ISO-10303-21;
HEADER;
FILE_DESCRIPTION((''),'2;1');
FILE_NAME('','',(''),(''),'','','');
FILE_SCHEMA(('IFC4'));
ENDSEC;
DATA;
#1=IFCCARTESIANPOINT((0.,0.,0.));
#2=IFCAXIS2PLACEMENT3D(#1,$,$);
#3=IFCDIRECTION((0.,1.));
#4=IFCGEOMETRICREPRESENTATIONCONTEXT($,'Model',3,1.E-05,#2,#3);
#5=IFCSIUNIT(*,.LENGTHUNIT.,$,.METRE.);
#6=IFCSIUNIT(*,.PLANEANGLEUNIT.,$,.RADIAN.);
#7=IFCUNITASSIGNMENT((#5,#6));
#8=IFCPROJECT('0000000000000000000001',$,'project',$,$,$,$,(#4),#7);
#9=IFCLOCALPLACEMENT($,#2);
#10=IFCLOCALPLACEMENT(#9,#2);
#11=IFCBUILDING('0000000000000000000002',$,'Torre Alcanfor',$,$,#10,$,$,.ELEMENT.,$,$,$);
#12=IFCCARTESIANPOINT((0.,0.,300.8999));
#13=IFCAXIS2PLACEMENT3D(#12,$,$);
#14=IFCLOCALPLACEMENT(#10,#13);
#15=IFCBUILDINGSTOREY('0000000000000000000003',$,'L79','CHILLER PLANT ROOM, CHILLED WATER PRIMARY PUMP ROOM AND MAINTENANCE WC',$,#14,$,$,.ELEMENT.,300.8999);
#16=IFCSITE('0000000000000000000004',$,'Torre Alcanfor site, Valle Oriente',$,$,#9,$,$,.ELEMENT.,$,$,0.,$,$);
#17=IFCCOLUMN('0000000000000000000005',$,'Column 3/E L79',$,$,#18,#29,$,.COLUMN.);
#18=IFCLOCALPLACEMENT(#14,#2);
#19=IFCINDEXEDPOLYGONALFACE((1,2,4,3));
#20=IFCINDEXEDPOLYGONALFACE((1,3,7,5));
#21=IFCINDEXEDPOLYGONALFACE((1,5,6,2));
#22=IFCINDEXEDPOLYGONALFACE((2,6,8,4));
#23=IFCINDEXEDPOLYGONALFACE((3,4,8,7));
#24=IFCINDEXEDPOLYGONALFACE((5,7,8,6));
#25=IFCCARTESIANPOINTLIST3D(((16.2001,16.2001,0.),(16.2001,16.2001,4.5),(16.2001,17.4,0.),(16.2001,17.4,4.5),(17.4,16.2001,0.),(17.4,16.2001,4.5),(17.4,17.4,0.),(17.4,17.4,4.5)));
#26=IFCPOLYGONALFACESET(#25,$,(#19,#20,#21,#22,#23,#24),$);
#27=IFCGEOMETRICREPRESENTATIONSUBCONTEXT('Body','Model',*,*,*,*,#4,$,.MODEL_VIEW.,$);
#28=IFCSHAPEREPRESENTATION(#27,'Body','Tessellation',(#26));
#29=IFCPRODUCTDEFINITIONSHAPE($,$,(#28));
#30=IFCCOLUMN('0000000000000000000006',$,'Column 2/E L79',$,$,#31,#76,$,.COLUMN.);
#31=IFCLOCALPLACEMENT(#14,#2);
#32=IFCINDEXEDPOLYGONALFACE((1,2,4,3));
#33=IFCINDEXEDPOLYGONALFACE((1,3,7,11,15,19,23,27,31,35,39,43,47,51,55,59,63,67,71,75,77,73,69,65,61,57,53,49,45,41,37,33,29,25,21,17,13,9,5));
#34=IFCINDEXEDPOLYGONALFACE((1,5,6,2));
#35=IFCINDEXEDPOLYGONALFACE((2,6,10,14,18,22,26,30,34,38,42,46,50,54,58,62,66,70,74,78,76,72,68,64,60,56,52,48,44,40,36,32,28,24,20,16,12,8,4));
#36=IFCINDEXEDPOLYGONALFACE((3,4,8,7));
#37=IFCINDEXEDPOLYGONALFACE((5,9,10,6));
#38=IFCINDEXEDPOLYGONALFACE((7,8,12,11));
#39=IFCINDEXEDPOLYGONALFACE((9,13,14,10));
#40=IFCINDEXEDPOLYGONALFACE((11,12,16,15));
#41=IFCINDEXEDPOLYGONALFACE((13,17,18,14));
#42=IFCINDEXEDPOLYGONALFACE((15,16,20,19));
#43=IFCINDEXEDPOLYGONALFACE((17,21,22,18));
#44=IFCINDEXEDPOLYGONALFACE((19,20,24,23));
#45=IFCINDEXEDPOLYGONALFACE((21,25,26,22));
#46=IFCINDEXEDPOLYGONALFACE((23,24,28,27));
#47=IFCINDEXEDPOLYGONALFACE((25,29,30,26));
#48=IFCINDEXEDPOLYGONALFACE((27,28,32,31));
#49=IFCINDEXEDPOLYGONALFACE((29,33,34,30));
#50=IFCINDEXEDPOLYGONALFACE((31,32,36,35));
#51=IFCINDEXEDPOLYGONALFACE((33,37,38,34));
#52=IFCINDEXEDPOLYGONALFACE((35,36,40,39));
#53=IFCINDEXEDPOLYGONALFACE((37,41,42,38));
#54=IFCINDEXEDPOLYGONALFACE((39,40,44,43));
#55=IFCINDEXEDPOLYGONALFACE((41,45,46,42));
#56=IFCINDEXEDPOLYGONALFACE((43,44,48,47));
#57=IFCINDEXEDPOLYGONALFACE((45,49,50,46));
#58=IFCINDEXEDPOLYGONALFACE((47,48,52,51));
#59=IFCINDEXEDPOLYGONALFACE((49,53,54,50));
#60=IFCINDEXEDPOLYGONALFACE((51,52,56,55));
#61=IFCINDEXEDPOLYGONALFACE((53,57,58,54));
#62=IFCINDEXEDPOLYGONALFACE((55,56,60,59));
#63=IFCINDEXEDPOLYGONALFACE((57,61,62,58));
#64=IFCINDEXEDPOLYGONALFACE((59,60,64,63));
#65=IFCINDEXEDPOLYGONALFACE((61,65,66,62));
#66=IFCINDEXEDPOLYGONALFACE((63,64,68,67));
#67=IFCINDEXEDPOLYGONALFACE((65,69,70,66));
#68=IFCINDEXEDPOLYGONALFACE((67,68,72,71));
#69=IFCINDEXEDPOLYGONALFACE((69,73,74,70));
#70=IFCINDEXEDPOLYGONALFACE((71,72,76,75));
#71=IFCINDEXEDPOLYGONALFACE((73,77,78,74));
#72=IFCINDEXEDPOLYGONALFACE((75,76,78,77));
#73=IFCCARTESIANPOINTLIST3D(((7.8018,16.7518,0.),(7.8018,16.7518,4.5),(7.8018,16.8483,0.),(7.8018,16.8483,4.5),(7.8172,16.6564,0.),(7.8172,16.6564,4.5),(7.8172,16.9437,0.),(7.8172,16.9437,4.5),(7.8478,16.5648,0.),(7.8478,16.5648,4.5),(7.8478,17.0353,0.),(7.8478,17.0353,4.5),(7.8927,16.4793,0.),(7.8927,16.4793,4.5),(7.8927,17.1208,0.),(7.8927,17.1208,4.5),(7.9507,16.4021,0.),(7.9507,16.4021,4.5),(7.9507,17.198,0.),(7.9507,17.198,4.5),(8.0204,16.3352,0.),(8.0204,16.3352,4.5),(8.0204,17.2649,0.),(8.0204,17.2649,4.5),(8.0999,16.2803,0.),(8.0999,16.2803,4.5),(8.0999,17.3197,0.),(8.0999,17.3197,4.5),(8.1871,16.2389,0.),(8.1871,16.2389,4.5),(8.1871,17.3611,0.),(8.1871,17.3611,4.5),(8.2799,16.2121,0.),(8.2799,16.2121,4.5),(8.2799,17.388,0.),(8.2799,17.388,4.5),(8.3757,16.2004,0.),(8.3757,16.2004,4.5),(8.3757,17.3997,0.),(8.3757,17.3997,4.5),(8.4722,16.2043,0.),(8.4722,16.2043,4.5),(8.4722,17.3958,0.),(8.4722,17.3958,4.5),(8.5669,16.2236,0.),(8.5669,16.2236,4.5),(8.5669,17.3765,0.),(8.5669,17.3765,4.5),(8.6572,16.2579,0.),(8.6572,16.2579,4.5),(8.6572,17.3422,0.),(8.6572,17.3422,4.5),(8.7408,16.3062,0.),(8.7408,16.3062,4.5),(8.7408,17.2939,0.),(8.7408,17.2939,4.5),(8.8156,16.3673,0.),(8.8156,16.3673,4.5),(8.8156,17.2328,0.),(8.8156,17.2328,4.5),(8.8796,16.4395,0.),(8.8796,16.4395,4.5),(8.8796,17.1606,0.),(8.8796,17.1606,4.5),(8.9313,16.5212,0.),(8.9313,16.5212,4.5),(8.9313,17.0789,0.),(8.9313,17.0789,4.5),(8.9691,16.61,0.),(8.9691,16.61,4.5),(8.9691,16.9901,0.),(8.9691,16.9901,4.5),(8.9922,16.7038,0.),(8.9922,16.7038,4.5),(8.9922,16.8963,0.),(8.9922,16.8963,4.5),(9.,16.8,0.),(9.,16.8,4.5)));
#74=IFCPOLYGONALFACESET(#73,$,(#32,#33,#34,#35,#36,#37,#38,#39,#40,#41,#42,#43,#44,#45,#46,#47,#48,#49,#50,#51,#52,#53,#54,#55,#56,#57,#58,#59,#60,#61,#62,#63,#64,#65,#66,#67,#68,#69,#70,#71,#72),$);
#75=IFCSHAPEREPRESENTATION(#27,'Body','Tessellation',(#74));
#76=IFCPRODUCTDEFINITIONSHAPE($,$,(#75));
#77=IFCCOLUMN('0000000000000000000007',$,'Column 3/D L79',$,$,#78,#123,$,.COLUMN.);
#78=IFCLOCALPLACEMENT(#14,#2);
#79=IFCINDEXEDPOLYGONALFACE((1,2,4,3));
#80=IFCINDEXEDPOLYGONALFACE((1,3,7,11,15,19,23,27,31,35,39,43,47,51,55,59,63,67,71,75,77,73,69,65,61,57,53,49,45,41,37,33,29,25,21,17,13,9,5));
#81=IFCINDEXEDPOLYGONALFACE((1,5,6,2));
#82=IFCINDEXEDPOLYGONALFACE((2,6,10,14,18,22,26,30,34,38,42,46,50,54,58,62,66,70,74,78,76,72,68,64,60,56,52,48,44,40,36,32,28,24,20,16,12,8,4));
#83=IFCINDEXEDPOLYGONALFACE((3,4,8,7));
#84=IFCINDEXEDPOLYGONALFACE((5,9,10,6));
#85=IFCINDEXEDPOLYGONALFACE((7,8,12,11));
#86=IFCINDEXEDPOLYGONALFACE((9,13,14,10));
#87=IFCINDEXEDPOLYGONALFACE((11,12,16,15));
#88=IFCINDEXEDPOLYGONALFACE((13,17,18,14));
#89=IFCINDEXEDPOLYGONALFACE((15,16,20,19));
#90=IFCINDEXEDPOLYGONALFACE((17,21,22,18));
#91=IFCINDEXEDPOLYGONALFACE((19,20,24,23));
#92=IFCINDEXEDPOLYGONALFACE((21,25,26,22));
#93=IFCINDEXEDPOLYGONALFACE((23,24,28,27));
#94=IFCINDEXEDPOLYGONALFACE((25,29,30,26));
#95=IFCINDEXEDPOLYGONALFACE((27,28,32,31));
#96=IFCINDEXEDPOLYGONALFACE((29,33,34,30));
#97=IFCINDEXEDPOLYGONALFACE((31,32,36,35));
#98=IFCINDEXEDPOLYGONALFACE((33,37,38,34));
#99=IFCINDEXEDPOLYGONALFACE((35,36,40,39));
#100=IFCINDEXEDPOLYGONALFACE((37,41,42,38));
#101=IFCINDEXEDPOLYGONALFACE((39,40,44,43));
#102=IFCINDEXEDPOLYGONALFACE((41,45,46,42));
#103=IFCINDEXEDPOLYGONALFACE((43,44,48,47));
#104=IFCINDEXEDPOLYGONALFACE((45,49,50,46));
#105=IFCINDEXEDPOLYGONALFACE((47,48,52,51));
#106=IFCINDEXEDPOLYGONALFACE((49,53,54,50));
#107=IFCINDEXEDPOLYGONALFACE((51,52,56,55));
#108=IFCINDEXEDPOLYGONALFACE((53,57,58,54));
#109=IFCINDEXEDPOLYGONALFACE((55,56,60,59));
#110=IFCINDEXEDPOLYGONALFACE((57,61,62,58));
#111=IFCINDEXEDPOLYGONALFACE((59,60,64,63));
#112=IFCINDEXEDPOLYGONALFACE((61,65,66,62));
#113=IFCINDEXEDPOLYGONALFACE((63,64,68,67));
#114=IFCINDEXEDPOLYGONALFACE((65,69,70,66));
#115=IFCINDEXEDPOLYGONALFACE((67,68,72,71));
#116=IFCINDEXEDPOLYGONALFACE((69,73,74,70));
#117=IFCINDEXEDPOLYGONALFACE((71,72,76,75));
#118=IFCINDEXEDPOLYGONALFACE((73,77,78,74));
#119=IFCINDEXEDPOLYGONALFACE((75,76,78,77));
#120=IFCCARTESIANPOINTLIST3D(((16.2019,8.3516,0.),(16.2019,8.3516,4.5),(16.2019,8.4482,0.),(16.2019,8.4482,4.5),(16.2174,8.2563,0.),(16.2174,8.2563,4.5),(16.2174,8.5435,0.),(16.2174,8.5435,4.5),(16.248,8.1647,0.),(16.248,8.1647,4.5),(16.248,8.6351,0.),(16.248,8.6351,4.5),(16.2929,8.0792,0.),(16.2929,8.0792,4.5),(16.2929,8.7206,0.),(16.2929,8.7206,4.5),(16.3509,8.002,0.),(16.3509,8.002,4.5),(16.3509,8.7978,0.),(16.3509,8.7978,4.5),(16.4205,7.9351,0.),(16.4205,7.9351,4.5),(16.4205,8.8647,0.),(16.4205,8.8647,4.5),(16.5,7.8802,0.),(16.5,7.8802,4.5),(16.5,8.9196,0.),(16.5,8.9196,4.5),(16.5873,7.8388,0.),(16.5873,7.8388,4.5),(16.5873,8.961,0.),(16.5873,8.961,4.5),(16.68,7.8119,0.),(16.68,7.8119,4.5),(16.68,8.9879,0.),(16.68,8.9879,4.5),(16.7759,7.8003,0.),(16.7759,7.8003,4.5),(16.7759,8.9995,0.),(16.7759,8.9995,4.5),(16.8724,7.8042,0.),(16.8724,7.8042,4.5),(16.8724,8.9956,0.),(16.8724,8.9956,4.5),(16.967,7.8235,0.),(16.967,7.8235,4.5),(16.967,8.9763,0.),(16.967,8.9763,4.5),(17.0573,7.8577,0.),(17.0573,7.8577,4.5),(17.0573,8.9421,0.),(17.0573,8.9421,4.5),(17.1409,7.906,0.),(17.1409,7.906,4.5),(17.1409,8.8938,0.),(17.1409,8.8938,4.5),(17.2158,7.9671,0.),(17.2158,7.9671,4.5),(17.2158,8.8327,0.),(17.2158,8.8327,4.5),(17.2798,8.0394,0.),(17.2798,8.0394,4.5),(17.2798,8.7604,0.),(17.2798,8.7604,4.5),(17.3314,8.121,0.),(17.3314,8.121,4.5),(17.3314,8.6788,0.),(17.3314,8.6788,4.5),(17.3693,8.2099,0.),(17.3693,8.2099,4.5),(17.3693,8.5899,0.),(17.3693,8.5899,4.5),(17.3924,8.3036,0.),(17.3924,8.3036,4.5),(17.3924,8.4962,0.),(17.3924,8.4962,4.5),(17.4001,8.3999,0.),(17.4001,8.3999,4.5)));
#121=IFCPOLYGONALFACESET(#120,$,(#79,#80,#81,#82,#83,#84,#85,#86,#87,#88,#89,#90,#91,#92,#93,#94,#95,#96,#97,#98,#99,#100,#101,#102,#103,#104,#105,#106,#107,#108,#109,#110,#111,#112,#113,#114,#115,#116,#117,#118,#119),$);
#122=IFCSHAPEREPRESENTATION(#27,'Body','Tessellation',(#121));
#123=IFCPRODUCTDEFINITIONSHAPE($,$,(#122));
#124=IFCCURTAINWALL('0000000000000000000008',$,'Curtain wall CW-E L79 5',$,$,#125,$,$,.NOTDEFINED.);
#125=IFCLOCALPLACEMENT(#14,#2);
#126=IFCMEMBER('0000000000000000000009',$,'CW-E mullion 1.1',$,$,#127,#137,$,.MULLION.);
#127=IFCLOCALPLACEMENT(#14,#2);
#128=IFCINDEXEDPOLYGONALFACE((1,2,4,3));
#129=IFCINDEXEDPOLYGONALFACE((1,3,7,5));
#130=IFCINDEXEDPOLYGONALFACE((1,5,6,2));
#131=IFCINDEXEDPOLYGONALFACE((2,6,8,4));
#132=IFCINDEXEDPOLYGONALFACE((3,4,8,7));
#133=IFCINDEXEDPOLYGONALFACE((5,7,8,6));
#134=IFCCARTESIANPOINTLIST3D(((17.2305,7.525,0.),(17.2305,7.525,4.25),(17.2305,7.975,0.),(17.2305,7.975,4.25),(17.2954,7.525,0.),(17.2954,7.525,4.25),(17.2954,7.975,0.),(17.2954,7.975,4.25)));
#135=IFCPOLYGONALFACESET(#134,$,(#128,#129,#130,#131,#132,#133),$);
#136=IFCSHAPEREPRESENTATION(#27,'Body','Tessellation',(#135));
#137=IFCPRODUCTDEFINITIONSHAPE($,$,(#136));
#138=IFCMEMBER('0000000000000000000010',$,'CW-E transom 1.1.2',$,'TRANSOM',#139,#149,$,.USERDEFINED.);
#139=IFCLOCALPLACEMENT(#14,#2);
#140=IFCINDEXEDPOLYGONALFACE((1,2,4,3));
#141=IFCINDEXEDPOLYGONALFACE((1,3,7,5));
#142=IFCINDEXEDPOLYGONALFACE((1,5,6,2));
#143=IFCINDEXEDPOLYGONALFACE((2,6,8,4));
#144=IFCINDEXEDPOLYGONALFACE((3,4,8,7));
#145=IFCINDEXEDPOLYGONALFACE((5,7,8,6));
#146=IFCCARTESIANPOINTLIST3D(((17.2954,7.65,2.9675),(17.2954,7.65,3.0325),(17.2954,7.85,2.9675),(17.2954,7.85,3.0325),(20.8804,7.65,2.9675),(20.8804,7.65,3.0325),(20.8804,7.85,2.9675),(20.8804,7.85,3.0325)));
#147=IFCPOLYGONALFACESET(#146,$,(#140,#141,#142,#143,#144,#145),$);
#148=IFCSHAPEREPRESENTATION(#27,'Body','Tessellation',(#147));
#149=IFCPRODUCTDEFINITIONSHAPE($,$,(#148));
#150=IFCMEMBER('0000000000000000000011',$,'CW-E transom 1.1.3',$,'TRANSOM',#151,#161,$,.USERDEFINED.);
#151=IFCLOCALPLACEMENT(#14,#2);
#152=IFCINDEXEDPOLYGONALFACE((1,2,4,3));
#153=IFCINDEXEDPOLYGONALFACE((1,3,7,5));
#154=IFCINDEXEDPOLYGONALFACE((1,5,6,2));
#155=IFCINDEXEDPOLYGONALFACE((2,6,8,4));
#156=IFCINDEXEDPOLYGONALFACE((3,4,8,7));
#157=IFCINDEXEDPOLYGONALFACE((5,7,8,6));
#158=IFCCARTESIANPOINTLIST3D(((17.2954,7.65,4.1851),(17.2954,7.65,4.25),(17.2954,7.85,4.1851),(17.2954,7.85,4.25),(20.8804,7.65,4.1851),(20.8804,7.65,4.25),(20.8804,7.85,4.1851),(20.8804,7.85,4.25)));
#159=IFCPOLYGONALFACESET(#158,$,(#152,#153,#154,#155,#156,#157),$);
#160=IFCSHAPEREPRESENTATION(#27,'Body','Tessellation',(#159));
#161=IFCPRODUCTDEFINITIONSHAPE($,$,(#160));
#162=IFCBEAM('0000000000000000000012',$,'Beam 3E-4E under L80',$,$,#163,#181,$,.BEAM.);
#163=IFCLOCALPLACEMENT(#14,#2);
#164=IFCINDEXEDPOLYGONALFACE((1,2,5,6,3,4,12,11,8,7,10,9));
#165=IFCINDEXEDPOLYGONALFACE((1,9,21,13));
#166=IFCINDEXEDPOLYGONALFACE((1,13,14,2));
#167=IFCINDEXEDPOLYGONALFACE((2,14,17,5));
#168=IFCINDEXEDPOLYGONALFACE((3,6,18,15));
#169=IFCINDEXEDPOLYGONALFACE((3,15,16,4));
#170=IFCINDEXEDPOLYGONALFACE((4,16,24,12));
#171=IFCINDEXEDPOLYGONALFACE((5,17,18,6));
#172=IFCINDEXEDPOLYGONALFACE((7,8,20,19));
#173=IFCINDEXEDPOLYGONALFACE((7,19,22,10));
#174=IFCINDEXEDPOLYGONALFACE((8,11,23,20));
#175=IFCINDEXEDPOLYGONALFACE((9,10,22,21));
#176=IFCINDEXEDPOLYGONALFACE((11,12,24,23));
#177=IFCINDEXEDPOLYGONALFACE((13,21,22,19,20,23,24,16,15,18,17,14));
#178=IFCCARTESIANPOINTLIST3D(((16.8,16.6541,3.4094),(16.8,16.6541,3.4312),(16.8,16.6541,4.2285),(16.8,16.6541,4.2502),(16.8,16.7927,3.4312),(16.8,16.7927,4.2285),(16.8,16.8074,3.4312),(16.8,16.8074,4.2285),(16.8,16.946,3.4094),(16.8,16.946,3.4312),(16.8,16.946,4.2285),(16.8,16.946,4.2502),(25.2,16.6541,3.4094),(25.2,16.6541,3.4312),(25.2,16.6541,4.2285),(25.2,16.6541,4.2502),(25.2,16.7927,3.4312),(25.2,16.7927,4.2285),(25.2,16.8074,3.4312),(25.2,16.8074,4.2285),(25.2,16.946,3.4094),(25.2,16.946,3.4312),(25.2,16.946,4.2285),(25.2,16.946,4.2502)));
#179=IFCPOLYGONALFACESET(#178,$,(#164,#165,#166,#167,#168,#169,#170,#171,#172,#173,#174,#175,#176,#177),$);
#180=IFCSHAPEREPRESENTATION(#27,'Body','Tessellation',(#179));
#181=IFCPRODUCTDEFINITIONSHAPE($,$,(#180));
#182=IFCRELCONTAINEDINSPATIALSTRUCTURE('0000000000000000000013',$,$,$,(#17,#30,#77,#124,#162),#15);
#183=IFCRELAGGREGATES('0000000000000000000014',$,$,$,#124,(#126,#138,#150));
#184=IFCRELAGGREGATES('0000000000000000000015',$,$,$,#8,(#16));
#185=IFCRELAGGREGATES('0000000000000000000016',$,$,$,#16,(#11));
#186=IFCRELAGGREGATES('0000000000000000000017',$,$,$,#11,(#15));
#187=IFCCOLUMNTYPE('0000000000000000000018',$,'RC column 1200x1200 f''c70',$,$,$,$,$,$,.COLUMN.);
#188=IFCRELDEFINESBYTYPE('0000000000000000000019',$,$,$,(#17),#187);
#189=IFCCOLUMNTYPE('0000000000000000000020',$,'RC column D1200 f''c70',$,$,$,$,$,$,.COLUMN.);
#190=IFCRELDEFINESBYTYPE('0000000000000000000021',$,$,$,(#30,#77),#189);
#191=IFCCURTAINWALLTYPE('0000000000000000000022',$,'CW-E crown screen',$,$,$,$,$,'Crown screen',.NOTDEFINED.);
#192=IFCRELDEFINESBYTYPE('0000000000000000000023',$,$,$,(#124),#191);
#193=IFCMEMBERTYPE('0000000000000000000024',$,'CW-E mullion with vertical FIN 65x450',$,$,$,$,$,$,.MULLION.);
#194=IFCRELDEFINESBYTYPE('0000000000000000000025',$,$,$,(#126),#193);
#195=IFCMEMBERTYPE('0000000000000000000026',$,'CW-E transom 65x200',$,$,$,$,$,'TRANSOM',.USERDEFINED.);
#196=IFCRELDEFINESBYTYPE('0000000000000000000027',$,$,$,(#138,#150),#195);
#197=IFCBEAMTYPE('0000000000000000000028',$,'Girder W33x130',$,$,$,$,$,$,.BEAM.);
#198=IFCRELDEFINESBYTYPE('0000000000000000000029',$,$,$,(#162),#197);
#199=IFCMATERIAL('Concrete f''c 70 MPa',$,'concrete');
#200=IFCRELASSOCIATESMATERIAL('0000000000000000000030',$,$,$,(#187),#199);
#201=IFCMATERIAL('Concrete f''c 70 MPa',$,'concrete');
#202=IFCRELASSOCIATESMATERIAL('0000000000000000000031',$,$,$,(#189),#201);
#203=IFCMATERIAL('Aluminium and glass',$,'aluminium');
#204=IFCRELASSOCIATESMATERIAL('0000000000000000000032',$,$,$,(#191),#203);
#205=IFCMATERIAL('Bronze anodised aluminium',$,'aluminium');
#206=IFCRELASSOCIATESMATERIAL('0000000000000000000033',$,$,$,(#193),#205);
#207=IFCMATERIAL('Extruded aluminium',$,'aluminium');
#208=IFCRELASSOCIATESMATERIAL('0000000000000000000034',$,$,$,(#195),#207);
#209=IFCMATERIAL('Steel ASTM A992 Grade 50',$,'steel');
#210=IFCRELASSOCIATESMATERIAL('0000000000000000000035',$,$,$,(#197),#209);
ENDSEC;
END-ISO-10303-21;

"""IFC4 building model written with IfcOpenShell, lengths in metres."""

from ifc_helpers import new_model, si_unit, direction, frame, origin, origin_2d, place, context, subcontext, project, spatial, rectangle, circle, i_section, extrude, material, material_profile, profile_set, type_object, element, aggregate, save


model = new_model("IFC4")

# Units and contexts
model_context = context("Model", 3, precision=1e-05, world=origin(), true_north=direction((0.0, 1.0)))
body_context = subcontext(model_context, "Body", "Model", "MODEL_VIEW")
ifc_project = project(units=[si_unit("LENGTHUNIT", "METRE"), si_unit("PLANEANGLEUNIT", "RADIAN")], contexts=[model_context])

# Site, building, storey
site_placement = place(None, origin())
site = spatial("IfcSite", under=ifc_project, at=site_placement, Name="Torre Alcanfor site, Valle Oriente", CompositionType="ELEMENT", RefElevation=0.0)
building_placement = place(site_placement, origin())
building = spatial("IfcBuilding", under=site, at=building_placement, Name="Torre Alcanfor", CompositionType="ELEMENT")
storey_placement = place(building_placement, frame((0.0, 0.0, 300.8999)))
storey = spatial("IfcBuildingStorey", under=building, at=storey_placement, Name="L79", Description="CHILLER PLANT ROOM, CHILLED WATER PRIMARY PUMP ROOM AND MAINTENANCE WC", CompositionType="ELEMENT", Elevation=300.8999)

# Columns
ifc_material_1 = material(Name="Concrete f'c 70 MPa", Category="concrete")
ifc_material_profile_1 = material_profile(ifc_material_1, rectangle(XDim=1.2, YDim=1.2, at=origin_2d()), Name="1200x1200")
ifc_profile_set_1 = profile_set([ifc_material_profile_1], Name="Concrete f'c 70 MPa")
column_type_1 = type_object("IfcColumnType", Name="RC column 1200x1200 f'c70", PredefinedType="COLUMN", material=ifc_profile_set_1)
column_placement = place(storey_placement, frame((16.8, 16.8, 0.0), z_axis=(0.0, 0.0, 1.0), x_axis=(1.0, 0.0, 0.0)))
element("IfcColumn", 1, at=column_placement, inside=storey, type_object=column_type_1, Name="Column 3/E L79", PredefinedType="COLUMN", context=body_context, shape_type="SweptSolid", body=[
    extrude(rectangle(XDim=1.2, YDim=1.2, at=origin_2d()), origin(), (0.0, 0.0, 1.0), 4.5),
])
ifc_material_2 = material(Name="Concrete f'c 70 MPa", Category="concrete")
ifc_material_profile_2 = material_profile(ifc_material_2, circle(Radius=0.6001, at=origin_2d()), Name="D1200")
ifc_profile_set_2 = profile_set([ifc_material_profile_2], Name="Concrete f'c 70 MPa")
column_type_2 = type_object("IfcColumnType", Name="RC column D1200 f'c70", PredefinedType="COLUMN", material=ifc_profile_set_2)
for number, where, z_axis, x_axis, name in (
    (2, (8.3999, 16.8, 0.0), (0.0, 0.0, 1.0), (1.0, 0.0, 0.0), "Column 2/E L79"),
    (3, (16.8, 8.3999, 0.0), (0.0, 0.0, 1.0), (1.0, 0.0, 0.0), "Column 3/D L79"),
):
    element("IfcColumn", number, at=place(storey_placement, frame(where, z_axis=z_axis, x_axis=x_axis)), inside=storey, type_object=column_type_2, Name=name, PredefinedType="COLUMN", context=body_context, shape_type="SweptSolid", body=[
        extrude(circle(Radius=0.6001, at=origin_2d()), origin(), (0.0, 0.0, 1.0), 4.5),
    ])

# Curtain wall, members
ifc_material_3 = material(Name="Aluminium and glass", Category="aluminium")
curtain_wall_type = type_object("IfcCurtainWallType", Name="CW-E crown screen", ElementType="Crown screen", PredefinedType="NOTDEFINED", material=ifc_material_3)
curtain_wall_placement = place(storey_placement, origin())
curtain_wall = element("IfcCurtainWall", 4, at=curtain_wall_placement, inside=storey, type_object=curtain_wall_type, Name="Curtain wall CW-E L79 5", PredefinedType="NOTDEFINED")
ifc_material_4 = material(Name="Bronze anodised aluminium", Category="aluminium")
ifc_material_profile_3 = material_profile(ifc_material_4, rectangle(XDim=0.45, YDim=0.0649, at=origin_2d()), Name="CW-E mullion 65x450")
ifc_profile_set_3 = profile_set([ifc_material_profile_3], Name="Bronze anodised aluminium")
member_type_1 = type_object("IfcMemberType", Name="CW-E mullion with vertical FIN 65x450", PredefinedType="MULLION", material=ifc_profile_set_3)
member_1_placement = place(storey_placement, frame((17.2629, 7.75, 0.0), z_axis=(0.0, 0.0, 1.0), x_axis=(0.0, 1.0, 0.0)))
member_1 = element("IfcMember", 5, at=member_1_placement, type_object=member_type_1, Name="CW-E mullion 1.1", PredefinedType="MULLION", context=body_context, shape_type="SweptSolid", body=[
    extrude(rectangle(XDim=0.45, YDim=0.0649, at=origin_2d()), origin(), (0.0, 0.0, 1.0), 4.25),
])
ifc_material_5 = material(Name="Extruded aluminium", Category="aluminium")
ifc_material_profile_4 = material_profile(ifc_material_5, rectangle(XDim=0.2, YDim=0.0649, at=origin_2d()), Name="CW-E transom 200x65")
ifc_profile_set_4 = profile_set([ifc_material_profile_4], Name="Extruded aluminium")
member_type_2 = type_object("IfcMemberType", Name="CW-E transom 65x200", ElementType="TRANSOM", PredefinedType="USERDEFINED", material=ifc_profile_set_4)
member_2_placement = place(storey_placement, frame((17.2954, 7.75, 3.0), z_axis=(1.0, 0.0, 0.0), x_axis=(0.0, 1.0, 0.0)))
member_2 = element("IfcMember", 6, at=member_2_placement, type_object=member_type_2, Name="CW-E transom 1.1.2", ObjectType="TRANSOM", PredefinedType="USERDEFINED", context=body_context, shape_type="SweptSolid", body=[
    extrude(rectangle(XDim=0.2, YDim=0.0649, at=origin_2d()), origin(), (0.0, 0.0, 1.0), 3.585),
])
member_3_placement = place(storey_placement, frame((17.2954, 7.75, 4.2175), z_axis=(1.0, 0.0, 0.0), x_axis=(0.0, 1.0, 0.0)))
member_3 = element("IfcMember", 7, at=member_3_placement, type_object=member_type_2, Name="CW-E transom 1.1.3", ObjectType="TRANSOM", PredefinedType="USERDEFINED", context=body_context, shape_type="SweptSolid", body=[
    extrude(rectangle(XDim=0.2, YDim=0.0649, at=origin_2d()), origin(), (0.0, 0.0, 1.0), 3.585),
])
aggregate(curtain_wall, [member_1, member_2, member_3])

# Beam
ifc_material_6 = material(Name="Steel ASTM A992 Grade 50", Category="steel")
ifc_material_profile_5 = material_profile(ifc_material_6, i_section(OverallWidth=0.292, OverallDepth=0.8408, WebThickness=0.0146, FlangeThickness=0.0217, at=origin_2d()), Name="W33x130")
ifc_profile_set_5 = profile_set([ifc_material_profile_5], Name="Steel ASTM A992 Grade 50")
beam_type_1 = type_object("IfcBeamType", Name="Girder W33x130", PredefinedType="BEAM", material=ifc_profile_set_5)
for number, where, z_axis, x_axis, name in (
    (8, (16.8, 16.8, 3.8298), (1.0, 0.0, 0.0), (0.0, 1.0, 0.0), "Beam 3E-4E under L80"),
):
    element("IfcBeam", number, at=place(storey_placement, frame(where, z_axis=z_axis, x_axis=x_axis)), inside=storey, type_object=beam_type_1, Name=name, PredefinedType="BEAM", context=body_context, shape_type="SweptSolid", body=[
        extrude(i_section(OverallWidth=0.292, OverallDepth=0.8408, WebThickness=0.0146, FlangeThickness=0.0217, at=origin_2d()), origin(), (0.0, 0.0, 1.0), 8.3999),
    ])

save(model, "model.ifc")
